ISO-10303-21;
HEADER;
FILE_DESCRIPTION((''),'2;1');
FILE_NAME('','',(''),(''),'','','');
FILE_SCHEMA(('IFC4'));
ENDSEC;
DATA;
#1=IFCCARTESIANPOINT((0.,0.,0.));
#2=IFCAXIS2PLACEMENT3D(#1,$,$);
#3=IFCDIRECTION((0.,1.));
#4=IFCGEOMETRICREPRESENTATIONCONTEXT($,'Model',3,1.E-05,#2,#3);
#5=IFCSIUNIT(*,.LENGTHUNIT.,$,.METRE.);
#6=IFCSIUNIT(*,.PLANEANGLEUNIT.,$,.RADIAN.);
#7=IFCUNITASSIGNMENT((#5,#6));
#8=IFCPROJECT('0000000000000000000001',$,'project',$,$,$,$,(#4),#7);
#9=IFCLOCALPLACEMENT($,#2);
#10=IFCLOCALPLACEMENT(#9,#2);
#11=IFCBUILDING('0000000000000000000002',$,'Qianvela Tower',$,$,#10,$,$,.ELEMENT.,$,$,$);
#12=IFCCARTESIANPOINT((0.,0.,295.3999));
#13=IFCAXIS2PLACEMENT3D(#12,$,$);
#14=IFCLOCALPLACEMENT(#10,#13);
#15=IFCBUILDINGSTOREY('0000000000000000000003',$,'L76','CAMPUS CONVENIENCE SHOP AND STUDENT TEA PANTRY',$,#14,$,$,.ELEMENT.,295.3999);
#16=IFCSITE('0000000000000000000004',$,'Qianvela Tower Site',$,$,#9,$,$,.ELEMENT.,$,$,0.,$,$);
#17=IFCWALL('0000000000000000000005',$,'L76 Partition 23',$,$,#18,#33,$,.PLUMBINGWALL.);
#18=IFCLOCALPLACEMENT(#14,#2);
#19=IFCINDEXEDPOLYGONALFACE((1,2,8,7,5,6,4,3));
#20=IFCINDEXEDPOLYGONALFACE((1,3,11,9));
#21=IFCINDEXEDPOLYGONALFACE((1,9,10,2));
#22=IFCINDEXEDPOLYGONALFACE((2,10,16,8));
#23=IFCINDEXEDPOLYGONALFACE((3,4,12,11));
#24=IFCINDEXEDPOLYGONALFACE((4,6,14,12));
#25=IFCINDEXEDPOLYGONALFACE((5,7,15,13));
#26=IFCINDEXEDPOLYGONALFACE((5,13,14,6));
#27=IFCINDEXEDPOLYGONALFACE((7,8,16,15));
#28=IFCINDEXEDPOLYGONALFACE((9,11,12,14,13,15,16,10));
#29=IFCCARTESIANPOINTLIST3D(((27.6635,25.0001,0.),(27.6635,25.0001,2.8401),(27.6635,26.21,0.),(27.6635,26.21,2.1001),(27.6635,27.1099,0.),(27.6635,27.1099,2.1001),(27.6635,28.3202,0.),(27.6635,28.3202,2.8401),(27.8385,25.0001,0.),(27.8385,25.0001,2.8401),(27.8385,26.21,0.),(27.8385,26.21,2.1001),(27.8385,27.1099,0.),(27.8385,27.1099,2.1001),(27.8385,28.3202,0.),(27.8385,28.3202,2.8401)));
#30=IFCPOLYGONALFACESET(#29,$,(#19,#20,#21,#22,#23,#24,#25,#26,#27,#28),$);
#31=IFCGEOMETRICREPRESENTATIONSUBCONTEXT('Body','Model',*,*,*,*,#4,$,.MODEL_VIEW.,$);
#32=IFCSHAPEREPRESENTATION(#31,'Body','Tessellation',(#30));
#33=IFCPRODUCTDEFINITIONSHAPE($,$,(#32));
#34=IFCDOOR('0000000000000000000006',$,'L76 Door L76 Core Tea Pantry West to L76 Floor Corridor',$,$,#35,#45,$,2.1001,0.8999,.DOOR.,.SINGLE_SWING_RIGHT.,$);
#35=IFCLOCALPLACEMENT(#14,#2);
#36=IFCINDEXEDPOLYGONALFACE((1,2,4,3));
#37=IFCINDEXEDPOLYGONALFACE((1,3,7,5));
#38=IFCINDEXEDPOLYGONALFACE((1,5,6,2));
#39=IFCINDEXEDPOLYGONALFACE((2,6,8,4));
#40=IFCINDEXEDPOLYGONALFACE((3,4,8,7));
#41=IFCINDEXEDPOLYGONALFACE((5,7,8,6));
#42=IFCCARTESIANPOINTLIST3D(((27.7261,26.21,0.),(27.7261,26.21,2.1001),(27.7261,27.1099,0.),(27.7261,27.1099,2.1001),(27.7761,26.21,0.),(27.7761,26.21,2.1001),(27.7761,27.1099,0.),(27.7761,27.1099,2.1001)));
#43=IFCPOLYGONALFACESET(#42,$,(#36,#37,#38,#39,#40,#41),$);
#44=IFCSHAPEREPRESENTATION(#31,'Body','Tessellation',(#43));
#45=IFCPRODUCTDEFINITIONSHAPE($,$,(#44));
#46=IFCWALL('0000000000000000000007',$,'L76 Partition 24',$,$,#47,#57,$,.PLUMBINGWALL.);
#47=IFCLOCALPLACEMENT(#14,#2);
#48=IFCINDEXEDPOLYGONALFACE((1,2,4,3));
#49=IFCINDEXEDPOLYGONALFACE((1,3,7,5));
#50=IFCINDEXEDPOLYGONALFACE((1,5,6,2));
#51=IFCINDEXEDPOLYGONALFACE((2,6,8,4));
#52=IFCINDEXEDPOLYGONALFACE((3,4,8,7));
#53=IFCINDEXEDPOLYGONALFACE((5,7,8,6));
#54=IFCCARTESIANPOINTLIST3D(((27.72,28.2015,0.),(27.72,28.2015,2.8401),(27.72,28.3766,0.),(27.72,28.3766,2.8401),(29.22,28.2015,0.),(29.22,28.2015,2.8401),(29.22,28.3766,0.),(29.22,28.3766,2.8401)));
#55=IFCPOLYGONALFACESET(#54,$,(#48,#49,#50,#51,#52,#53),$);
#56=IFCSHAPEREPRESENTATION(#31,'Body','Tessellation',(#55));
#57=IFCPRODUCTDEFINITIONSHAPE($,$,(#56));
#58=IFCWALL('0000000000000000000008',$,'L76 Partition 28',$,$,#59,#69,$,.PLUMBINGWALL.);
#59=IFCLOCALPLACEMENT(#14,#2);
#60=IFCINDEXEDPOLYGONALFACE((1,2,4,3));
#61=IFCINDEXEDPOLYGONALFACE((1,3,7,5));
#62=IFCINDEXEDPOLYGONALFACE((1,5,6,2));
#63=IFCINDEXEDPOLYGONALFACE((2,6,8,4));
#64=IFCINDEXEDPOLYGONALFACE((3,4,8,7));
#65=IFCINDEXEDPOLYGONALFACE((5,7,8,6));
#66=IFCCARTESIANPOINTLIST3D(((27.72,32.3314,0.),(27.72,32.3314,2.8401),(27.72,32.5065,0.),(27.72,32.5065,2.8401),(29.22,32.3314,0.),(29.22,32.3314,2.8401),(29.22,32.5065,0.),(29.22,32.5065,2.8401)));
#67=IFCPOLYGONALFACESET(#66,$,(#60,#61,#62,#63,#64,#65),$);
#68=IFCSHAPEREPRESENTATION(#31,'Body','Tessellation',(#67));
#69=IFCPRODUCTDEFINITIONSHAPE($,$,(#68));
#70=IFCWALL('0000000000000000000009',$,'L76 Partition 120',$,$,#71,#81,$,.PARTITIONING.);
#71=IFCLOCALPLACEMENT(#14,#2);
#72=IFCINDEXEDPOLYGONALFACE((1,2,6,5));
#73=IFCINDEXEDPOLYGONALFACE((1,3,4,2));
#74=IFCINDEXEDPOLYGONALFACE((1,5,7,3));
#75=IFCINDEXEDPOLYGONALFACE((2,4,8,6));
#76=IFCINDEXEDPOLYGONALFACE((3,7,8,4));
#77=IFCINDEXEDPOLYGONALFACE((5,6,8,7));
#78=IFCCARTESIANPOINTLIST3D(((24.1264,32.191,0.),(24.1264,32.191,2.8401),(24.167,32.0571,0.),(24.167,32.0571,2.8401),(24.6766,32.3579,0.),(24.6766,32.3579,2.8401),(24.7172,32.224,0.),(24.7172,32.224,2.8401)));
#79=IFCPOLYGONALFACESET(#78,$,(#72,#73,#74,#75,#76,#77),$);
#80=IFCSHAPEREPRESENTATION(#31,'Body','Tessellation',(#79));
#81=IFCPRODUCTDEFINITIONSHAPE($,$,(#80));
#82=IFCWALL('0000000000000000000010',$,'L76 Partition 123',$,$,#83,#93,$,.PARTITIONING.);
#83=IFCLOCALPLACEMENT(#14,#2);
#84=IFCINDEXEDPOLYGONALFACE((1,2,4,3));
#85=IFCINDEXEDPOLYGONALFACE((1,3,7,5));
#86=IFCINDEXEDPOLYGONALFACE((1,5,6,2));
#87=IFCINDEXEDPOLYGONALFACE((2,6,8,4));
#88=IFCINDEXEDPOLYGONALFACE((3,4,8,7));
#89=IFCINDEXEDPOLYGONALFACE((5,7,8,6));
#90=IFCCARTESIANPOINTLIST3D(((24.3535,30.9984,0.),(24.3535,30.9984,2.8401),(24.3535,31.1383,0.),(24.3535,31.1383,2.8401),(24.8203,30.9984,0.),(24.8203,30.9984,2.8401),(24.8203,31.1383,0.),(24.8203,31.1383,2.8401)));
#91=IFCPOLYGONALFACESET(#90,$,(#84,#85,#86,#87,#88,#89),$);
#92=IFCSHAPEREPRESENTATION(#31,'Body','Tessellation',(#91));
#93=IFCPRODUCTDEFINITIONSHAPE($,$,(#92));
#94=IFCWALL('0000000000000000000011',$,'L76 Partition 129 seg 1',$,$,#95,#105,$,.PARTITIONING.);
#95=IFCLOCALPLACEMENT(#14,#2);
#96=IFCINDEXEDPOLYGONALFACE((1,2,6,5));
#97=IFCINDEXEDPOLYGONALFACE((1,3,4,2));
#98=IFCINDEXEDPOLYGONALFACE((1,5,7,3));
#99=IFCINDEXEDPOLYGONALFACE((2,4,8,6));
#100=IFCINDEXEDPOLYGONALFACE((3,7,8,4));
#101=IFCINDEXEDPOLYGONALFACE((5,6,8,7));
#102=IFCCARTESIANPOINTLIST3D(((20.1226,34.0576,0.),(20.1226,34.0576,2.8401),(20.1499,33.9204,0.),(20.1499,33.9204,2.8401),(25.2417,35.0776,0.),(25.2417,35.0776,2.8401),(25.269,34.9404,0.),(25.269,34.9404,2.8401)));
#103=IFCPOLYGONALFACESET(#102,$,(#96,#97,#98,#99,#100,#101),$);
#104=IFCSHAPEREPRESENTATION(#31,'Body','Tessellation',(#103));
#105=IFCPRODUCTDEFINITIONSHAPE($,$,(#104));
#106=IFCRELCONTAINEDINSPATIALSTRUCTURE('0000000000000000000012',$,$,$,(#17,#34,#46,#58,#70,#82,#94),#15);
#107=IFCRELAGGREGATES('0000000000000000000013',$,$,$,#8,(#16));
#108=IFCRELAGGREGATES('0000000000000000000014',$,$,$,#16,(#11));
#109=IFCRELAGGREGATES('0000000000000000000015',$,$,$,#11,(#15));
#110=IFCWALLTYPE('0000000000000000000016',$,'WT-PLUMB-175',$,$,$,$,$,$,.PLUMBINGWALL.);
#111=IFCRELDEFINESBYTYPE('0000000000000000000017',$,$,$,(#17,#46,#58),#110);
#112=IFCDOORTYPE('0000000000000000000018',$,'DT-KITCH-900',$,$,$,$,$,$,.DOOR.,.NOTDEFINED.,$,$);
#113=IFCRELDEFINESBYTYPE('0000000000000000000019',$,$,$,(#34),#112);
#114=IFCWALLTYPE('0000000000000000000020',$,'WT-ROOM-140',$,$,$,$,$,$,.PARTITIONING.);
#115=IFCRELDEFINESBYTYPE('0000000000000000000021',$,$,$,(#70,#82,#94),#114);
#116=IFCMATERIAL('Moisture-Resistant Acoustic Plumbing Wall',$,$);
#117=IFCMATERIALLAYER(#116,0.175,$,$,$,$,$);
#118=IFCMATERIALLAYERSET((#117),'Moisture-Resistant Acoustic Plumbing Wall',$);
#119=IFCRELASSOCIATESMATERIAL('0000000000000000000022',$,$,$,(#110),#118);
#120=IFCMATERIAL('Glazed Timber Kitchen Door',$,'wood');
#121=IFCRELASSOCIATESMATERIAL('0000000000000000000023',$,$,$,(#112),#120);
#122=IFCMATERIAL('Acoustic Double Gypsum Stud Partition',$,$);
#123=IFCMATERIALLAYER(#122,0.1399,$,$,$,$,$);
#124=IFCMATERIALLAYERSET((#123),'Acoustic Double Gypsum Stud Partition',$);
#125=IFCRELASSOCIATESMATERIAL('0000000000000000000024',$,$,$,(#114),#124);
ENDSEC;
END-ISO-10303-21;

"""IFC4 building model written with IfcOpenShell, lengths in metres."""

from ifc_helpers import new_model, si_unit, direction, frame, frame_2d, origin, place, context, subcontext, project, spatial, rectangle, extrude, material, layer, layer_set, type_object, element, fill, save


model = new_model("IFC4")

# Units and contexts
model_context = context("Model", 3, precision=1e-05, world=origin(), true_north=direction((0.0, 1.0)))
body_context = subcontext(model_context, "Body", "Model", "MODEL_VIEW")
ifc_project = project(units=[si_unit("LENGTHUNIT", "METRE"), si_unit("PLANEANGLEUNIT", "RADIAN")], contexts=[model_context])

# Site, building, storey
site_placement = place(None, origin())
site = spatial("IfcSite", under=ifc_project, at=site_placement, Name="Qianvela Tower Site", CompositionType="ELEMENT", RefElevation=0.0)
building_placement = place(site_placement, origin())
building = spatial("IfcBuilding", under=site, at=building_placement, Name="Qianvela Tower", CompositionType="ELEMENT")
storey_placement = place(building_placement, frame((0.0, 0.0, 295.3999)))
storey = spatial("IfcBuildingStorey", under=building, at=storey_placement, Name="L76", Description="CAMPUS CONVENIENCE SHOP AND STUDENT TEA PANTRY", CompositionType="ELEMENT", Elevation=295.3999)

# Wall, opening, door
ifc_material_1 = material(Name="Moisture-Resistant Acoustic Plumbing Wall")
ifc_layer_1 = layer(ifc_material_1, 0.175)
ifc_layer_set_1 = layer_set([ifc_layer_1], Name="Moisture-Resistant Acoustic Plumbing Wall")
wall_type_1 = type_object("IfcWallType", Name="WT-PLUMB-175", PredefinedType="PLUMBINGWALL", material=ifc_layer_set_1)
wall_1_placement = place(storey_placement, frame((27.751, 25.0, 0.0), z_axis=(0.0, 0.0, 1.0), x_axis=(0.0, 1.0, 0.0)))
wall_1 = element("IfcWall", 1, at=wall_1_placement, inside=storey, type_object=wall_type_1, Name="L76 Partition 23", PredefinedType="PLUMBINGWALL", context=body_context, shape_type="SweptSolid", body=[
    extrude(rectangle(XDim=3.3201, YDim=0.175, at=frame_2d((1.6602, 0.0))), origin(), (0.0, 0.0, 1.0), 2.8401),
])
opening_1_placement = place(wall_1_placement, frame((1.21, 0.0, 0.0)))
opening_1 = element("IfcOpeningElement", 2, at=opening_1_placement, cuts=wall_1, PredefinedType="OPENING", context=body_context, shape_type="SweptSolid", body=[
    extrude(rectangle(XDim=0.8999, YDim=2.1001, at=frame_2d((0.45, 1.05))), frame((0.0, 0.0974, 0.0), z_axis=(0.0, -1.0, 0.0), x_axis=(1.0, 0.0, 0.0)), (0.0, 0.0, 1.0), 0.1951),
])
ifc_material_2 = material(Name="Glazed Timber Kitchen Door", Category="wood")
door_type = type_object("IfcDoorType", Name="DT-KITCH-900", OperationType="NOTDEFINED", PredefinedType="DOOR", material=ifc_material_2)
door_placement = place(opening_1_placement, origin())
door = element("IfcDoor", 3, at=door_placement, inside=storey, type_object=door_type, Name="L76 Door L76 Core Tea Pantry West to L76 Floor Corridor", OperationType="SINGLE_SWING_RIGHT", OverallHeight=2.1001, OverallWidth=0.8999, PredefinedType="DOOR", context=body_context, shape_type="SweptSolid", body=[
    extrude(rectangle(XDim=0.8999, YDim=2.1001, at=frame_2d((0.45, 1.05))), frame((0.0, 0.0249, 0.0), z_axis=(0.0, -1.0, 0.0), x_axis=(1.0, 0.0, 0.0)), (0.0, 0.0, 1.0), 0.05),
])
fill(opening_1, door)

# Walls
for number, where, z_axis, x_axis, name in (
    (4, (27.72, 28.2891, 0.0), (0.0, 0.0, 1.0), (1.0, 0.0, 0.0), "L76 Partition 24"),
    (5, (27.72, 32.4189, 0.0), (0.0, 0.0, 1.0), (1.0, 0.0, 0.0), "L76 Partition 28"),
):
    element("IfcWall", number, at=place(storey_placement, frame(where, z_axis=z_axis, x_axis=x_axis)), inside=storey, type_object=wall_type_1, Name=name, PredefinedType="PLUMBINGWALL", context=body_context, shape_type="SweptSolid", body=[
        extrude(rectangle(XDim=1.5, YDim=0.175, at=frame_2d((0.75, 0.0))), origin(), (0.0, 0.0, 1.0), 2.8401),
    ])
ifc_material_3 = material(Name="Acoustic Double Gypsum Stud Partition")
ifc_layer_2 = layer(ifc_material_3, 0.1399)
ifc_layer_set_2 = layer_set([ifc_layer_2], Name="Acoustic Double Gypsum Stud Partition")
wall_type_2 = type_object("IfcWallType", Name="WT-ROOM-140", PredefinedType="PARTITIONING", material=ifc_layer_set_2)
wall_2_placement = place(storey_placement, frame((24.697, 32.291, 0.0), z_axis=(0.0, 0.0, 1.0), x_axis=(-0.95691, -0.290384, 0.0)))
element("IfcWall", 6, at=wall_2_placement, inside=storey, type_object=wall_type_2, Name="L76 Partition 120", PredefinedType="PARTITIONING", context=body_context, shape_type="SweptSolid", body=[
    extrude(rectangle(XDim=0.575, YDim=0.1399, at=frame_2d((0.2876, 0.0))), origin(), (0.0, 0.0, 1.0), 2.8401),
])
wall_3_placement = place(storey_placement, frame((24.3535, 31.0684, 0.0), z_axis=(0.0, 0.0, 1.0), x_axis=(1.0, 0.0, 0.0)))
element("IfcWall", 7, at=wall_3_placement, inside=storey, type_object=wall_type_2, Name="L76 Partition 123", PredefinedType="PARTITIONING", context=body_context, shape_type="SweptSolid", body=[
    extrude(rectangle(XDim=0.4668, YDim=0.1399, at=frame_2d((0.2334, 0.0))), origin(), (0.0, 0.0, 1.0), 2.8401),
])
wall_4_placement = place(storey_placement, frame((20.1362, 33.989, 0.0), z_axis=(0.0, 0.0, 1.0), x_axis=(0.980721, 0.195415, 0.0)))
element("IfcWall", 8, at=wall_4_placement, inside=storey, type_object=wall_type_2, Name="L76 Partition 129 seg 1", PredefinedType="PARTITIONING", context=body_context, shape_type="SweptSolid", body=[
    extrude(rectangle(XDim=5.2197, YDim=0.1399, at=frame_2d((2.6099, 0.0))), origin(), (0.0, 0.0, 1.0), 2.8401),
])

save(model, "model.ifc")
